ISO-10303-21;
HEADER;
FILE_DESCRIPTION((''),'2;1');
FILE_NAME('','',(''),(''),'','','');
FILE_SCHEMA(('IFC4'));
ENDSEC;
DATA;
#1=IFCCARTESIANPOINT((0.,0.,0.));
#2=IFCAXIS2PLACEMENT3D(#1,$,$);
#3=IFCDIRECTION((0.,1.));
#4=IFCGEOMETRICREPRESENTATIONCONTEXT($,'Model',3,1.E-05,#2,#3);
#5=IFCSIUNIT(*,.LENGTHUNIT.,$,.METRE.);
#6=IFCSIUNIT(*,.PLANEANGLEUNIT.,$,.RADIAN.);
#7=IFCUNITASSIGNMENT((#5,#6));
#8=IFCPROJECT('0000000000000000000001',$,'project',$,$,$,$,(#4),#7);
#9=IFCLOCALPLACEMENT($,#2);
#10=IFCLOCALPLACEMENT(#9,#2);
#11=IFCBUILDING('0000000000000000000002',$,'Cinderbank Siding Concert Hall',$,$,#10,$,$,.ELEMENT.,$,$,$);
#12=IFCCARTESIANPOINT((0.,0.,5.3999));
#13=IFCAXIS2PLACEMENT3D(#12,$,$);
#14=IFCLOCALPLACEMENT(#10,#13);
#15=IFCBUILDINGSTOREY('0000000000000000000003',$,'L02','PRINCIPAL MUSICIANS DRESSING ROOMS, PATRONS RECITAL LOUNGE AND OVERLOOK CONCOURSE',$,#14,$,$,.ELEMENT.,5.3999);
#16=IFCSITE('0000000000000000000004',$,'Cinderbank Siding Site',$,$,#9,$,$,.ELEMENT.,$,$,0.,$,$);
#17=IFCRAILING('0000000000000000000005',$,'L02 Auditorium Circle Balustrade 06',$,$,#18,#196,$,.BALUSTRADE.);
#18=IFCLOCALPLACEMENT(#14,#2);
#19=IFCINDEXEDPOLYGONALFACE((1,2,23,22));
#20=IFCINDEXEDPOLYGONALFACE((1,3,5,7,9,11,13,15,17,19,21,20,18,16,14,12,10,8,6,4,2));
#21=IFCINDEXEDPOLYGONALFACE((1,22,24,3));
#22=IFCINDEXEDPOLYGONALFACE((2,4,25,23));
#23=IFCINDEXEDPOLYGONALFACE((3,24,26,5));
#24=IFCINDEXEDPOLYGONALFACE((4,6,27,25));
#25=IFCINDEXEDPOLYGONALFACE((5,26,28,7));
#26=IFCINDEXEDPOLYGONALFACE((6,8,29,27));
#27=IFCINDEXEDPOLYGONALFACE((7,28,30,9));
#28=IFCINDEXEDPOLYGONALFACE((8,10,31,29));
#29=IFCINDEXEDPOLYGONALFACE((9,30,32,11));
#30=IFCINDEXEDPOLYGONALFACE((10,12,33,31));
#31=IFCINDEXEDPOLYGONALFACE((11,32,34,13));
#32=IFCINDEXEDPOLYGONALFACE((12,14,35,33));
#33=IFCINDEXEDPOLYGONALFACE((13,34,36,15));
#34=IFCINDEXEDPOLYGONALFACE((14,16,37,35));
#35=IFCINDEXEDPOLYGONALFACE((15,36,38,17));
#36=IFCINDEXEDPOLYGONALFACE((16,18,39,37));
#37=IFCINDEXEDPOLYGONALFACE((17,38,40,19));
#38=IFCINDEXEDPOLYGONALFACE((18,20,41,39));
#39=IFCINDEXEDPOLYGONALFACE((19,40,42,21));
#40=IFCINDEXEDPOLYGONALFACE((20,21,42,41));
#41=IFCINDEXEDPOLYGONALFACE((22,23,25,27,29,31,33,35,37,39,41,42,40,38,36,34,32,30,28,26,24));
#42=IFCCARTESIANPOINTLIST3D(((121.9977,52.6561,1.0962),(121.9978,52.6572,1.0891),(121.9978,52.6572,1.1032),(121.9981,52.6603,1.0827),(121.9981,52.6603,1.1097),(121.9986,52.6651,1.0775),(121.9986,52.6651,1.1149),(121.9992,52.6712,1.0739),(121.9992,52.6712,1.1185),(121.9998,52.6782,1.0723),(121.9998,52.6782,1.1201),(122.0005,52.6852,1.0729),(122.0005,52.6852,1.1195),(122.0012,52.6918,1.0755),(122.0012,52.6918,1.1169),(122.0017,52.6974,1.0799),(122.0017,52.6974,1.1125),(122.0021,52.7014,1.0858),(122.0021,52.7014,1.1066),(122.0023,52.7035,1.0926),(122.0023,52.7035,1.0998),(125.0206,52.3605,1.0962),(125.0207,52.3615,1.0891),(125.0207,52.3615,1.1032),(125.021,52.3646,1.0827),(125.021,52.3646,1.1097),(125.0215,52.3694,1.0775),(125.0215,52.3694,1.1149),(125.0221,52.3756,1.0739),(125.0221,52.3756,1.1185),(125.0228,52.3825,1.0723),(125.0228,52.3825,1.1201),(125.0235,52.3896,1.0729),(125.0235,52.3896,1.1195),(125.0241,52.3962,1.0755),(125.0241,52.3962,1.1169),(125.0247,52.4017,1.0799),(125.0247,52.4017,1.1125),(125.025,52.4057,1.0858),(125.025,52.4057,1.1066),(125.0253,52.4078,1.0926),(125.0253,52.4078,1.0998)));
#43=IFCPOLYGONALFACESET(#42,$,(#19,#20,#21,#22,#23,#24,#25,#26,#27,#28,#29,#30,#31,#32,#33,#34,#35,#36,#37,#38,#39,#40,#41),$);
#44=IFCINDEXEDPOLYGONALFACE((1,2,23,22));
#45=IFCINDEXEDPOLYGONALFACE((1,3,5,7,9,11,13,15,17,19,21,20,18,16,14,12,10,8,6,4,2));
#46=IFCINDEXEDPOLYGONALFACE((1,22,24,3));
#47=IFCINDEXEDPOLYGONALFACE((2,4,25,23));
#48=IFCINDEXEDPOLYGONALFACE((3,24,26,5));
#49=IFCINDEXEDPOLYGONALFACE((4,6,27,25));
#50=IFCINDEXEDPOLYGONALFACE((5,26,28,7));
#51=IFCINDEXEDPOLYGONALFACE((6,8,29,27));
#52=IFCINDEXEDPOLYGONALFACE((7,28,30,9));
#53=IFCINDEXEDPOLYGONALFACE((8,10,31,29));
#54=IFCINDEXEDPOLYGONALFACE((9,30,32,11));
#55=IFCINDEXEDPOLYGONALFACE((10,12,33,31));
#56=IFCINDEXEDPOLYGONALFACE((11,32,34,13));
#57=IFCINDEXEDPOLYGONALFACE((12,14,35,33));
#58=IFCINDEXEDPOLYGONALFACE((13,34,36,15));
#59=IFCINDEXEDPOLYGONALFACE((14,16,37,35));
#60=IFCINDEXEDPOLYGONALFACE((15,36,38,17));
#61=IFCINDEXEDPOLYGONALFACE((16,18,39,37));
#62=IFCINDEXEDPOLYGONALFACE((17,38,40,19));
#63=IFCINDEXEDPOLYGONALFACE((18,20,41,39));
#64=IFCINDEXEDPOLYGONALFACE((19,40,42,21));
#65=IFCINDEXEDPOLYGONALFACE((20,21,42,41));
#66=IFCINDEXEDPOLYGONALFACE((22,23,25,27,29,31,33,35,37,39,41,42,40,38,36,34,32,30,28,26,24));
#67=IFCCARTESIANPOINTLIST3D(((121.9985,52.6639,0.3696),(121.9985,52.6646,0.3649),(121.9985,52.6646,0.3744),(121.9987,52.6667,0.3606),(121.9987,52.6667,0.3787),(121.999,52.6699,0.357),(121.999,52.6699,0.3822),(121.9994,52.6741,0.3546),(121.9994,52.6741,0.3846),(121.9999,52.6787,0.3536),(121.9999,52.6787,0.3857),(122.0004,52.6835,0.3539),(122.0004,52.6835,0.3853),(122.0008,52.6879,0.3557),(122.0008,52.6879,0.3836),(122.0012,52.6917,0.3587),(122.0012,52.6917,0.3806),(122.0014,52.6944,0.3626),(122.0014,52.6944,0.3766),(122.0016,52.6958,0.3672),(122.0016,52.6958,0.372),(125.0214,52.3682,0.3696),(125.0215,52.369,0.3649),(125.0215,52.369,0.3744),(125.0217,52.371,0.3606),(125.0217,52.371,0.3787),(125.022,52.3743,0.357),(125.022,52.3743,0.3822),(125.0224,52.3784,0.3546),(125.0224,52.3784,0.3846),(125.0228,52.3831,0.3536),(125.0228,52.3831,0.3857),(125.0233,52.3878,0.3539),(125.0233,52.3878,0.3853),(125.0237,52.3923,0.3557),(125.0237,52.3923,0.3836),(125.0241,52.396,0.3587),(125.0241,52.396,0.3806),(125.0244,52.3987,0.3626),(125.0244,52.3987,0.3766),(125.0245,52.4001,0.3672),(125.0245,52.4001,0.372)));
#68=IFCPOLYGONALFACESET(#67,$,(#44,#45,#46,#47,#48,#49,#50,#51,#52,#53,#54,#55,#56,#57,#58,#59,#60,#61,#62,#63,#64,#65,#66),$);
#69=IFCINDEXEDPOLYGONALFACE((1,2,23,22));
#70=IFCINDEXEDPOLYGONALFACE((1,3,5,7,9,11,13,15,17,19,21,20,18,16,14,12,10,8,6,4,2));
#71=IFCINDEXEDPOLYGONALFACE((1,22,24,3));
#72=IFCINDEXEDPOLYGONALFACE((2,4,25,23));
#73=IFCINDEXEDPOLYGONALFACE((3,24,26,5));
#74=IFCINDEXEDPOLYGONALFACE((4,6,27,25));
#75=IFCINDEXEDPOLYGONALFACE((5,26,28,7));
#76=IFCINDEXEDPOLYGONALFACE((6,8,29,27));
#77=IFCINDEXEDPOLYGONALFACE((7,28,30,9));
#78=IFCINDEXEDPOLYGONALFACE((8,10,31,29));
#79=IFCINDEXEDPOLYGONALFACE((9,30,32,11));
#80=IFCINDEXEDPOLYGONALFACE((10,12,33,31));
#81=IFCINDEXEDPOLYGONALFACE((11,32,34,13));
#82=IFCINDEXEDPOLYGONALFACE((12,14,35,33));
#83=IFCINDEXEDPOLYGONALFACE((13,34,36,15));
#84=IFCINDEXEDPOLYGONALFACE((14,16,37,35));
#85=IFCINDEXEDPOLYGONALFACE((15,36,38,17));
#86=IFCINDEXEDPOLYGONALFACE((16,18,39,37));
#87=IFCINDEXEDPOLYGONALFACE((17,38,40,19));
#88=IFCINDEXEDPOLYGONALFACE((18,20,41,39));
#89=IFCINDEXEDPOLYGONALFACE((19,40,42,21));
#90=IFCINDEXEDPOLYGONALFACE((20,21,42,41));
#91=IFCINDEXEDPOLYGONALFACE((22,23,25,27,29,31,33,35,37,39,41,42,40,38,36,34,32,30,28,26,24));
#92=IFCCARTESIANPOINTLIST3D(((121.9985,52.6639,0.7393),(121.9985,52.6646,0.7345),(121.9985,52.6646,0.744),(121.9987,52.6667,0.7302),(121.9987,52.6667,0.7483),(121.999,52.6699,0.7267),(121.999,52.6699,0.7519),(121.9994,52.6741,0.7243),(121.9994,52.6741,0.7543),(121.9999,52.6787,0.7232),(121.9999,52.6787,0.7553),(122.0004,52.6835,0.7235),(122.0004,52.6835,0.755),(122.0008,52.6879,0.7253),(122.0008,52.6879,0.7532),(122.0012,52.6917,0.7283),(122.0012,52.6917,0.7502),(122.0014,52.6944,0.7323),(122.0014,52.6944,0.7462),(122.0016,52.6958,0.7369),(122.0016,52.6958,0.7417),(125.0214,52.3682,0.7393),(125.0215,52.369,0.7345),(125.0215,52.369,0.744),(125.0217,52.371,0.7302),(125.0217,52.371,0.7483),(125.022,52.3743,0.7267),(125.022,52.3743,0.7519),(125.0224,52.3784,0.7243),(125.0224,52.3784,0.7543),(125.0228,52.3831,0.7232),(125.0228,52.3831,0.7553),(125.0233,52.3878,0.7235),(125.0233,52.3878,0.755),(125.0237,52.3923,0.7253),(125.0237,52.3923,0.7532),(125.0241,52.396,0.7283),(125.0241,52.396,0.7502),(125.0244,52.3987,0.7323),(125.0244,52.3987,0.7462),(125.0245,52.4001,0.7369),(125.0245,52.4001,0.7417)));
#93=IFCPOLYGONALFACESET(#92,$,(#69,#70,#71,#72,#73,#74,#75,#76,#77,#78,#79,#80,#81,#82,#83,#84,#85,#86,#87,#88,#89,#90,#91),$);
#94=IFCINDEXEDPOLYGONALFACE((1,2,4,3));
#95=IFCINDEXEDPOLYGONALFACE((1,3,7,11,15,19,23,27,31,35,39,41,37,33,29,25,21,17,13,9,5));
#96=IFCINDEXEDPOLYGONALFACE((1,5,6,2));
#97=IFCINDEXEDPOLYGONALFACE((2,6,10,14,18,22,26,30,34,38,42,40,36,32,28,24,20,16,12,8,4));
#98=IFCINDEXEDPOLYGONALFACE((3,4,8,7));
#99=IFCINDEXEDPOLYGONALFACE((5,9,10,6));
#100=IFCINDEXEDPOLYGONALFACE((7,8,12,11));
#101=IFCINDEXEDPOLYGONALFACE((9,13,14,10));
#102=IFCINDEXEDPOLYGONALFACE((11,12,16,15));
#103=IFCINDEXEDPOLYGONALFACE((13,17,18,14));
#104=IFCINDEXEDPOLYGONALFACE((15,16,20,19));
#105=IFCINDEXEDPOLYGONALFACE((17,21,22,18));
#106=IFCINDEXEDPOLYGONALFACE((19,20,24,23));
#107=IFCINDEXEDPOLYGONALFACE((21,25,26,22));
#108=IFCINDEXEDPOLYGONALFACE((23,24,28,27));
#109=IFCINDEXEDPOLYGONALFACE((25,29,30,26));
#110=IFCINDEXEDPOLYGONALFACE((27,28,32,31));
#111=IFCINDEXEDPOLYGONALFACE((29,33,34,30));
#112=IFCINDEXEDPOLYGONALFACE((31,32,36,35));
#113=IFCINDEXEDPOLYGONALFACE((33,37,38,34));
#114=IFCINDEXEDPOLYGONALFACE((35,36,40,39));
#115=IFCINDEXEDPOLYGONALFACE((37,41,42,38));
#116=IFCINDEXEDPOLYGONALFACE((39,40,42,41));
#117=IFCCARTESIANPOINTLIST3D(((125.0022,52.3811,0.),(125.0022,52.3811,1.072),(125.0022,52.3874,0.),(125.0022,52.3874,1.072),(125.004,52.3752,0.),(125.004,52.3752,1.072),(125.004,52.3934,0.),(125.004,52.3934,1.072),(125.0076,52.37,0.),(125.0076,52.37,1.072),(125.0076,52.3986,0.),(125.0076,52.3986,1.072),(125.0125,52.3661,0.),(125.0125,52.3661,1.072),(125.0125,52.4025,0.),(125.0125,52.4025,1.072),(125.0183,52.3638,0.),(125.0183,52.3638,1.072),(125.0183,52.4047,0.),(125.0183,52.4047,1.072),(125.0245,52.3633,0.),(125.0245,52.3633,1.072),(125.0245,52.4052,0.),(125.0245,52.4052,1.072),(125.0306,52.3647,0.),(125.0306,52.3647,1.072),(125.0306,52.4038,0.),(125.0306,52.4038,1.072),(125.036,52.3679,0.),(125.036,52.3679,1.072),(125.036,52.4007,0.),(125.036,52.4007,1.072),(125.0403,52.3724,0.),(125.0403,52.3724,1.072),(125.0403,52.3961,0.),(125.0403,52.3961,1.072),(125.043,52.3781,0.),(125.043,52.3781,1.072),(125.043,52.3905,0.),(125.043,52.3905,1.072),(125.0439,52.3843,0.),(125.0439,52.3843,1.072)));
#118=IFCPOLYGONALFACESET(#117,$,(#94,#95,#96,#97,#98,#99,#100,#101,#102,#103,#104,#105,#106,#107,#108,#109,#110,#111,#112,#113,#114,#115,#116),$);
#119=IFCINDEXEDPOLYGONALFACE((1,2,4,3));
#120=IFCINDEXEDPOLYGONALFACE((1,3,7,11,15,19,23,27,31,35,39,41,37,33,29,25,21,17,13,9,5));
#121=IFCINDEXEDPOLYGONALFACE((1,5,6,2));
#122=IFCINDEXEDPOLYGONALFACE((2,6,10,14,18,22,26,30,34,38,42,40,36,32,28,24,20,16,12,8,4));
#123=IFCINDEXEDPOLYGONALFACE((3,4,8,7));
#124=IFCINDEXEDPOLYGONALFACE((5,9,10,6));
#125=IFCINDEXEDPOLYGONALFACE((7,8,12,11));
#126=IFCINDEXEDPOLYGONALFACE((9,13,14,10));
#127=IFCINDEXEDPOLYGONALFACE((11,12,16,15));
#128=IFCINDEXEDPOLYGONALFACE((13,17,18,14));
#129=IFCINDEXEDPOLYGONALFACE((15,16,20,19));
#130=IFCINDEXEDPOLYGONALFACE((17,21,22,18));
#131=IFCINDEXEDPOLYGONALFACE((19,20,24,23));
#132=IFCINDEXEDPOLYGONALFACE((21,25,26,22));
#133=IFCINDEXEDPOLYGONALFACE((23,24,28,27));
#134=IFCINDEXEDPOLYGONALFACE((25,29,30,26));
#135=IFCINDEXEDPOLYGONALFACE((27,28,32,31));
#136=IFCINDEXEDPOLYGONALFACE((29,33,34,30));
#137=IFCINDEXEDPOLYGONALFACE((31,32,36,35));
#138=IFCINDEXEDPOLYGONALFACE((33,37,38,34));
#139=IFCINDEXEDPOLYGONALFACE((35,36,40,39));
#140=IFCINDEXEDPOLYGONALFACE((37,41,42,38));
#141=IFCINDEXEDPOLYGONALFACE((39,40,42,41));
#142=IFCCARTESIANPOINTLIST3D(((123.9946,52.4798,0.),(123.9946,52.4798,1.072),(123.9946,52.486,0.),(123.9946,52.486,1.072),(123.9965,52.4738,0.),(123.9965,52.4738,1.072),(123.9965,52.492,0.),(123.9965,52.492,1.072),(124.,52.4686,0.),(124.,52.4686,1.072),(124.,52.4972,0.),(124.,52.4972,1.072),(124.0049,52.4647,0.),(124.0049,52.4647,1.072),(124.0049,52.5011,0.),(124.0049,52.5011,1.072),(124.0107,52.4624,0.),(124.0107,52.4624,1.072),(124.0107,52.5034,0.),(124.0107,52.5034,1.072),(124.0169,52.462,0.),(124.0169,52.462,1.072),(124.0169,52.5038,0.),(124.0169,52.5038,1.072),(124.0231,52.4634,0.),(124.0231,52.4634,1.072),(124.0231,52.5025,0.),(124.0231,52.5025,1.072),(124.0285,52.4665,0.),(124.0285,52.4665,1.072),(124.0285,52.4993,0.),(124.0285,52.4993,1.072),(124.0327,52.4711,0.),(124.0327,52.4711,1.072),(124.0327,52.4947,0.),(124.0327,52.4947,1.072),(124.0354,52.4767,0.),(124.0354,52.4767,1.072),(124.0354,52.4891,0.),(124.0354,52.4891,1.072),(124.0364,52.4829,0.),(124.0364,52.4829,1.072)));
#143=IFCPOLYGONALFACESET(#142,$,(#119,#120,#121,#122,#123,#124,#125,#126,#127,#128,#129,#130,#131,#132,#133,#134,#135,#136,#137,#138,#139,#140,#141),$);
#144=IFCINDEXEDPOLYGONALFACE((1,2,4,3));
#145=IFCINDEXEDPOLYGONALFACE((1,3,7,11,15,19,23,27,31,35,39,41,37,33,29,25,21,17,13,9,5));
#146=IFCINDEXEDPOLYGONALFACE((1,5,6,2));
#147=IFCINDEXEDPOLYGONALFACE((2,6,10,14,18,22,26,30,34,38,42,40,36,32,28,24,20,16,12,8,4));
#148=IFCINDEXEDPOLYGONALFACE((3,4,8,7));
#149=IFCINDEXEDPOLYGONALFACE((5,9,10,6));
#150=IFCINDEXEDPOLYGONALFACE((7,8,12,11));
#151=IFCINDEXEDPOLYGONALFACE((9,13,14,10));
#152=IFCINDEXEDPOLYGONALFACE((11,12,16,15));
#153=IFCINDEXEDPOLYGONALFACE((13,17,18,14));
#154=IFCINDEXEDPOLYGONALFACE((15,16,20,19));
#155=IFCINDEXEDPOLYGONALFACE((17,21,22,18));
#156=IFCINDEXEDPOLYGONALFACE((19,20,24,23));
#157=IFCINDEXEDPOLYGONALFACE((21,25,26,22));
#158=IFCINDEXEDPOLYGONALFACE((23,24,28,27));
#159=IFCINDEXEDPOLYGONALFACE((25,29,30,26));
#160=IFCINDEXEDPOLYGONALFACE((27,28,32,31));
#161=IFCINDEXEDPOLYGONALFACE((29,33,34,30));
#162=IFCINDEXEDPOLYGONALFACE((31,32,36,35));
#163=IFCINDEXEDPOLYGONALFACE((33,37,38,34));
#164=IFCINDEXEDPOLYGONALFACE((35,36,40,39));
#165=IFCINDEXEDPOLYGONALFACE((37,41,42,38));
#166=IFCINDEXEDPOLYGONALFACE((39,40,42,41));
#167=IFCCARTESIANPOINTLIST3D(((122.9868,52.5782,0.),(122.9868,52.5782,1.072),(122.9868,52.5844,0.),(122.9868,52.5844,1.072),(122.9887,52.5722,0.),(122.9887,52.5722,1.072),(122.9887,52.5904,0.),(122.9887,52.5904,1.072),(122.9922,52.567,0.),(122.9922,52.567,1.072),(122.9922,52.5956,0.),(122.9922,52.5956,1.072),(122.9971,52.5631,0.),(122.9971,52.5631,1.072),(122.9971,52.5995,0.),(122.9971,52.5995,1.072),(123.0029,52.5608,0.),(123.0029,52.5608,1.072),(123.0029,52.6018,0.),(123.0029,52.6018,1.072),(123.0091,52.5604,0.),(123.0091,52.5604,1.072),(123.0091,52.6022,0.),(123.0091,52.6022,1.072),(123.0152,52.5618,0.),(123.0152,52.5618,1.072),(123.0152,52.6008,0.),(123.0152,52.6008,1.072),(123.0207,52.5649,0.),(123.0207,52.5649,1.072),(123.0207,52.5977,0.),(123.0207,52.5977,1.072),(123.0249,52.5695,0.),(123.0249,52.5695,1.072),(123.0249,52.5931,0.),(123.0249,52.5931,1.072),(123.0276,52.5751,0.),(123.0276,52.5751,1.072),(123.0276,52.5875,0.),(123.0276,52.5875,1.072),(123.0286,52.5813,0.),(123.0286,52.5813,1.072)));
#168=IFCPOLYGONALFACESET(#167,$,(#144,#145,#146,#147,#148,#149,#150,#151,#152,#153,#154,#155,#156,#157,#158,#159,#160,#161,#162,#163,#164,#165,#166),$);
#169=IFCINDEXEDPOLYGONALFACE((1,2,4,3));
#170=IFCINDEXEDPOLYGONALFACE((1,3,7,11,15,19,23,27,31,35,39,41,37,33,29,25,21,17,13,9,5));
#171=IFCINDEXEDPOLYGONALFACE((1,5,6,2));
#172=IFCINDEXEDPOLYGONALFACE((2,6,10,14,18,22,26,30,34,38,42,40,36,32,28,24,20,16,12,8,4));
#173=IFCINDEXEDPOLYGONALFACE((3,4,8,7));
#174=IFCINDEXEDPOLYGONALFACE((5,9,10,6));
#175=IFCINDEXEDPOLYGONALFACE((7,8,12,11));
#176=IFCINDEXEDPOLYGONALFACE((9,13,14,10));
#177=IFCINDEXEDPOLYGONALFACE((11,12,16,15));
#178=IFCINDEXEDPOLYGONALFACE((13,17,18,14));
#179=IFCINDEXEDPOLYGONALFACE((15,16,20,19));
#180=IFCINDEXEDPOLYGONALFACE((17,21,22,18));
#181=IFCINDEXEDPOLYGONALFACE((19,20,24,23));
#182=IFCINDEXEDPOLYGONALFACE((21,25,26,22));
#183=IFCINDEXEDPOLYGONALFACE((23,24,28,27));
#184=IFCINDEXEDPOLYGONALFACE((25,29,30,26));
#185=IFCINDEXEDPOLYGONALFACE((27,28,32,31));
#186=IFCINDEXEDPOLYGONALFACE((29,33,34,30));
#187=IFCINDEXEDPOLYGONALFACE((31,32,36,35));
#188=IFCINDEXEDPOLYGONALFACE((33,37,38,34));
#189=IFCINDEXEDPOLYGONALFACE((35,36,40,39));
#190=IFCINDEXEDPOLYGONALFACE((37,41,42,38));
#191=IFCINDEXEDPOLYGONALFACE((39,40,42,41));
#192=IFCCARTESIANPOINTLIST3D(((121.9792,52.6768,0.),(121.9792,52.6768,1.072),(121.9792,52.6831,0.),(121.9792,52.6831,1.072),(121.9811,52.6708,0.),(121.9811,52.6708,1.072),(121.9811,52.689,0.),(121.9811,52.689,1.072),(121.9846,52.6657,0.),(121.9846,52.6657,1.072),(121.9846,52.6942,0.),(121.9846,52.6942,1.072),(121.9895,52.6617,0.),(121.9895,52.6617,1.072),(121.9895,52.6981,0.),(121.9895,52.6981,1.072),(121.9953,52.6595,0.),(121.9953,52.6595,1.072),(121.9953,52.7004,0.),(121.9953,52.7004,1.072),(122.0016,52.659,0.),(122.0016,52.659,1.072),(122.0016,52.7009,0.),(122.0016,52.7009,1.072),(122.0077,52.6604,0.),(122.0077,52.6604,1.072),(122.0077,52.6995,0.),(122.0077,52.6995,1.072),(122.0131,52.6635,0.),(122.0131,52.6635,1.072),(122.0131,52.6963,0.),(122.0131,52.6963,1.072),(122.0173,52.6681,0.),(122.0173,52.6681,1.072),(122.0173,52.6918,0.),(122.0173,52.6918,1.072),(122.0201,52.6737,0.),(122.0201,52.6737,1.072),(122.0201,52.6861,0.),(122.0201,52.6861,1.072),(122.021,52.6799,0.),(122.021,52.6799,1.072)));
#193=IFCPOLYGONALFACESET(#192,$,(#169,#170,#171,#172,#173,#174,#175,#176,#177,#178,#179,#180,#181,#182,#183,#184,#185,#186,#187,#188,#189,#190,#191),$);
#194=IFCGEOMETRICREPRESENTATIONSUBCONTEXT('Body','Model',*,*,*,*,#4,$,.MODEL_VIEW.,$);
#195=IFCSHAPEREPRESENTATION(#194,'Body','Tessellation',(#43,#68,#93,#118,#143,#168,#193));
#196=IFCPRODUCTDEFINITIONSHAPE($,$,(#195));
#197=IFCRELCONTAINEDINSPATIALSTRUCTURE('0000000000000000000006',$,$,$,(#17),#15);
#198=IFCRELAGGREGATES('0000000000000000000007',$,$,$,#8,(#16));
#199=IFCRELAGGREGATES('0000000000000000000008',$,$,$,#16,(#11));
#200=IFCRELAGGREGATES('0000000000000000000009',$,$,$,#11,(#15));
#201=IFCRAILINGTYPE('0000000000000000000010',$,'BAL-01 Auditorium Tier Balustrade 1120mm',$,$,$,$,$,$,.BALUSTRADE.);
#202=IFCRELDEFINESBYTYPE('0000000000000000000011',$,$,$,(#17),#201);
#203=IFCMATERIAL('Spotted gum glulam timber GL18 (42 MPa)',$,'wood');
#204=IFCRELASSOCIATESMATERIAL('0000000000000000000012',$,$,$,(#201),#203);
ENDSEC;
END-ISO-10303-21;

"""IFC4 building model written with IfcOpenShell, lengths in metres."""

from ifc_helpers import new_model, si_unit, direction, frame, origin, origin_2d, place, context, subcontext, project, spatial, circle, extrude, material, type_object, element, save


model = new_model("IFC4")

# Units and contexts
model_context = context("Model", 3, precision=1e-05, world=origin(), true_north=direction((0.0, 1.0)))
body_context = subcontext(model_context, "Body", "Model", "MODEL_VIEW")
ifc_project = project(units=[si_unit("LENGTHUNIT", "METRE"), si_unit("PLANEANGLEUNIT", "RADIAN")], contexts=[model_context])

# Site, building, storey
site_placement = place(None, origin())
site = spatial("IfcSite", under=ifc_project, at=site_placement, Name="Cinderbank Siding Site", CompositionType="ELEMENT", RefElevation=0.0)
building_placement = place(site_placement, origin())
building = spatial("IfcBuilding", under=site, at=building_placement, Name="Cinderbank Siding Concert Hall", CompositionType="ELEMENT")
storey_placement = place(building_placement, frame((0.0, 0.0, 5.3999)))
storey = spatial("IfcBuildingStorey", under=building, at=storey_placement, Name="L02", Description="PRINCIPAL MUSICIANS DRESSING ROOMS, PATRONS RECITAL LOUNGE AND OVERLOOK CONCOURSE", CompositionType="ELEMENT", Elevation=5.3999)

# Railing
ifc_material_1 = material(Name="Spotted gum glulam timber GL18 (42 MPa)", Category="wood")
railing_type = type_object("IfcRailingType", Name="BAL-01 Auditorium Tier Balustrade 1120mm", PredefinedType="BALUSTRADE", material=ifc_material_1)
railing_1_placement = place(storey_placement, frame((125.0229, 52.3843, 0.0)))
element("IfcRailing", 1, at=railing_1_placement, inside=storey, type_object=railing_type, Name="L02 Auditorium Circle Balustrade 06", PredefinedType="BALUSTRADE", context=body_context, shape_type="SweptSolid", body=[
    extrude(circle(Radius=0.0239, at=origin_2d()), frame((0.0, 0.0, 1.0962), z_axis=(-0.995251, 0.097339, 0.0), x_axis=(-0.097339, -0.995251, 0.0)), (0.0, 0.0, 1.0), 3.0374),
    extrude(circle(Radius=0.0161, at=origin_2d()), frame((0.0, 0.0, 0.3696), z_axis=(-0.995251, 0.097339, 0.0), x_axis=(-0.097339, -0.995251, 0.0)), (0.0, 0.0, 1.0), 3.0374),
    extrude(circle(Radius=0.0161, at=origin_2d()), frame((0.0, 0.0, 0.7393), z_axis=(-0.995251, 0.097339, 0.0), x_axis=(-0.097339, -0.995251, 0.0)), (0.0, 0.0, 1.0), 3.0374),
    extrude(circle(Radius=0.021, at=origin_2d()), origin(), (0.0, 0.0, 1.0), 1.072),
    extrude(circle(Radius=0.021, at=origin_2d()), frame((-1.0076, 0.0986, 0.0)), (0.0, 0.0, 1.0), 1.072),
    extrude(circle(Radius=0.021, at=origin_2d()), frame((-2.0154, 0.197, 0.0)), (0.0, 0.0, 1.0), 1.072),
    extrude(circle(Radius=0.021, at=origin_2d()), frame((-3.0229, 0.2957, 0.0)), (0.0, 0.0, 1.0), 1.072),
])

save(model, "model.ifc")
